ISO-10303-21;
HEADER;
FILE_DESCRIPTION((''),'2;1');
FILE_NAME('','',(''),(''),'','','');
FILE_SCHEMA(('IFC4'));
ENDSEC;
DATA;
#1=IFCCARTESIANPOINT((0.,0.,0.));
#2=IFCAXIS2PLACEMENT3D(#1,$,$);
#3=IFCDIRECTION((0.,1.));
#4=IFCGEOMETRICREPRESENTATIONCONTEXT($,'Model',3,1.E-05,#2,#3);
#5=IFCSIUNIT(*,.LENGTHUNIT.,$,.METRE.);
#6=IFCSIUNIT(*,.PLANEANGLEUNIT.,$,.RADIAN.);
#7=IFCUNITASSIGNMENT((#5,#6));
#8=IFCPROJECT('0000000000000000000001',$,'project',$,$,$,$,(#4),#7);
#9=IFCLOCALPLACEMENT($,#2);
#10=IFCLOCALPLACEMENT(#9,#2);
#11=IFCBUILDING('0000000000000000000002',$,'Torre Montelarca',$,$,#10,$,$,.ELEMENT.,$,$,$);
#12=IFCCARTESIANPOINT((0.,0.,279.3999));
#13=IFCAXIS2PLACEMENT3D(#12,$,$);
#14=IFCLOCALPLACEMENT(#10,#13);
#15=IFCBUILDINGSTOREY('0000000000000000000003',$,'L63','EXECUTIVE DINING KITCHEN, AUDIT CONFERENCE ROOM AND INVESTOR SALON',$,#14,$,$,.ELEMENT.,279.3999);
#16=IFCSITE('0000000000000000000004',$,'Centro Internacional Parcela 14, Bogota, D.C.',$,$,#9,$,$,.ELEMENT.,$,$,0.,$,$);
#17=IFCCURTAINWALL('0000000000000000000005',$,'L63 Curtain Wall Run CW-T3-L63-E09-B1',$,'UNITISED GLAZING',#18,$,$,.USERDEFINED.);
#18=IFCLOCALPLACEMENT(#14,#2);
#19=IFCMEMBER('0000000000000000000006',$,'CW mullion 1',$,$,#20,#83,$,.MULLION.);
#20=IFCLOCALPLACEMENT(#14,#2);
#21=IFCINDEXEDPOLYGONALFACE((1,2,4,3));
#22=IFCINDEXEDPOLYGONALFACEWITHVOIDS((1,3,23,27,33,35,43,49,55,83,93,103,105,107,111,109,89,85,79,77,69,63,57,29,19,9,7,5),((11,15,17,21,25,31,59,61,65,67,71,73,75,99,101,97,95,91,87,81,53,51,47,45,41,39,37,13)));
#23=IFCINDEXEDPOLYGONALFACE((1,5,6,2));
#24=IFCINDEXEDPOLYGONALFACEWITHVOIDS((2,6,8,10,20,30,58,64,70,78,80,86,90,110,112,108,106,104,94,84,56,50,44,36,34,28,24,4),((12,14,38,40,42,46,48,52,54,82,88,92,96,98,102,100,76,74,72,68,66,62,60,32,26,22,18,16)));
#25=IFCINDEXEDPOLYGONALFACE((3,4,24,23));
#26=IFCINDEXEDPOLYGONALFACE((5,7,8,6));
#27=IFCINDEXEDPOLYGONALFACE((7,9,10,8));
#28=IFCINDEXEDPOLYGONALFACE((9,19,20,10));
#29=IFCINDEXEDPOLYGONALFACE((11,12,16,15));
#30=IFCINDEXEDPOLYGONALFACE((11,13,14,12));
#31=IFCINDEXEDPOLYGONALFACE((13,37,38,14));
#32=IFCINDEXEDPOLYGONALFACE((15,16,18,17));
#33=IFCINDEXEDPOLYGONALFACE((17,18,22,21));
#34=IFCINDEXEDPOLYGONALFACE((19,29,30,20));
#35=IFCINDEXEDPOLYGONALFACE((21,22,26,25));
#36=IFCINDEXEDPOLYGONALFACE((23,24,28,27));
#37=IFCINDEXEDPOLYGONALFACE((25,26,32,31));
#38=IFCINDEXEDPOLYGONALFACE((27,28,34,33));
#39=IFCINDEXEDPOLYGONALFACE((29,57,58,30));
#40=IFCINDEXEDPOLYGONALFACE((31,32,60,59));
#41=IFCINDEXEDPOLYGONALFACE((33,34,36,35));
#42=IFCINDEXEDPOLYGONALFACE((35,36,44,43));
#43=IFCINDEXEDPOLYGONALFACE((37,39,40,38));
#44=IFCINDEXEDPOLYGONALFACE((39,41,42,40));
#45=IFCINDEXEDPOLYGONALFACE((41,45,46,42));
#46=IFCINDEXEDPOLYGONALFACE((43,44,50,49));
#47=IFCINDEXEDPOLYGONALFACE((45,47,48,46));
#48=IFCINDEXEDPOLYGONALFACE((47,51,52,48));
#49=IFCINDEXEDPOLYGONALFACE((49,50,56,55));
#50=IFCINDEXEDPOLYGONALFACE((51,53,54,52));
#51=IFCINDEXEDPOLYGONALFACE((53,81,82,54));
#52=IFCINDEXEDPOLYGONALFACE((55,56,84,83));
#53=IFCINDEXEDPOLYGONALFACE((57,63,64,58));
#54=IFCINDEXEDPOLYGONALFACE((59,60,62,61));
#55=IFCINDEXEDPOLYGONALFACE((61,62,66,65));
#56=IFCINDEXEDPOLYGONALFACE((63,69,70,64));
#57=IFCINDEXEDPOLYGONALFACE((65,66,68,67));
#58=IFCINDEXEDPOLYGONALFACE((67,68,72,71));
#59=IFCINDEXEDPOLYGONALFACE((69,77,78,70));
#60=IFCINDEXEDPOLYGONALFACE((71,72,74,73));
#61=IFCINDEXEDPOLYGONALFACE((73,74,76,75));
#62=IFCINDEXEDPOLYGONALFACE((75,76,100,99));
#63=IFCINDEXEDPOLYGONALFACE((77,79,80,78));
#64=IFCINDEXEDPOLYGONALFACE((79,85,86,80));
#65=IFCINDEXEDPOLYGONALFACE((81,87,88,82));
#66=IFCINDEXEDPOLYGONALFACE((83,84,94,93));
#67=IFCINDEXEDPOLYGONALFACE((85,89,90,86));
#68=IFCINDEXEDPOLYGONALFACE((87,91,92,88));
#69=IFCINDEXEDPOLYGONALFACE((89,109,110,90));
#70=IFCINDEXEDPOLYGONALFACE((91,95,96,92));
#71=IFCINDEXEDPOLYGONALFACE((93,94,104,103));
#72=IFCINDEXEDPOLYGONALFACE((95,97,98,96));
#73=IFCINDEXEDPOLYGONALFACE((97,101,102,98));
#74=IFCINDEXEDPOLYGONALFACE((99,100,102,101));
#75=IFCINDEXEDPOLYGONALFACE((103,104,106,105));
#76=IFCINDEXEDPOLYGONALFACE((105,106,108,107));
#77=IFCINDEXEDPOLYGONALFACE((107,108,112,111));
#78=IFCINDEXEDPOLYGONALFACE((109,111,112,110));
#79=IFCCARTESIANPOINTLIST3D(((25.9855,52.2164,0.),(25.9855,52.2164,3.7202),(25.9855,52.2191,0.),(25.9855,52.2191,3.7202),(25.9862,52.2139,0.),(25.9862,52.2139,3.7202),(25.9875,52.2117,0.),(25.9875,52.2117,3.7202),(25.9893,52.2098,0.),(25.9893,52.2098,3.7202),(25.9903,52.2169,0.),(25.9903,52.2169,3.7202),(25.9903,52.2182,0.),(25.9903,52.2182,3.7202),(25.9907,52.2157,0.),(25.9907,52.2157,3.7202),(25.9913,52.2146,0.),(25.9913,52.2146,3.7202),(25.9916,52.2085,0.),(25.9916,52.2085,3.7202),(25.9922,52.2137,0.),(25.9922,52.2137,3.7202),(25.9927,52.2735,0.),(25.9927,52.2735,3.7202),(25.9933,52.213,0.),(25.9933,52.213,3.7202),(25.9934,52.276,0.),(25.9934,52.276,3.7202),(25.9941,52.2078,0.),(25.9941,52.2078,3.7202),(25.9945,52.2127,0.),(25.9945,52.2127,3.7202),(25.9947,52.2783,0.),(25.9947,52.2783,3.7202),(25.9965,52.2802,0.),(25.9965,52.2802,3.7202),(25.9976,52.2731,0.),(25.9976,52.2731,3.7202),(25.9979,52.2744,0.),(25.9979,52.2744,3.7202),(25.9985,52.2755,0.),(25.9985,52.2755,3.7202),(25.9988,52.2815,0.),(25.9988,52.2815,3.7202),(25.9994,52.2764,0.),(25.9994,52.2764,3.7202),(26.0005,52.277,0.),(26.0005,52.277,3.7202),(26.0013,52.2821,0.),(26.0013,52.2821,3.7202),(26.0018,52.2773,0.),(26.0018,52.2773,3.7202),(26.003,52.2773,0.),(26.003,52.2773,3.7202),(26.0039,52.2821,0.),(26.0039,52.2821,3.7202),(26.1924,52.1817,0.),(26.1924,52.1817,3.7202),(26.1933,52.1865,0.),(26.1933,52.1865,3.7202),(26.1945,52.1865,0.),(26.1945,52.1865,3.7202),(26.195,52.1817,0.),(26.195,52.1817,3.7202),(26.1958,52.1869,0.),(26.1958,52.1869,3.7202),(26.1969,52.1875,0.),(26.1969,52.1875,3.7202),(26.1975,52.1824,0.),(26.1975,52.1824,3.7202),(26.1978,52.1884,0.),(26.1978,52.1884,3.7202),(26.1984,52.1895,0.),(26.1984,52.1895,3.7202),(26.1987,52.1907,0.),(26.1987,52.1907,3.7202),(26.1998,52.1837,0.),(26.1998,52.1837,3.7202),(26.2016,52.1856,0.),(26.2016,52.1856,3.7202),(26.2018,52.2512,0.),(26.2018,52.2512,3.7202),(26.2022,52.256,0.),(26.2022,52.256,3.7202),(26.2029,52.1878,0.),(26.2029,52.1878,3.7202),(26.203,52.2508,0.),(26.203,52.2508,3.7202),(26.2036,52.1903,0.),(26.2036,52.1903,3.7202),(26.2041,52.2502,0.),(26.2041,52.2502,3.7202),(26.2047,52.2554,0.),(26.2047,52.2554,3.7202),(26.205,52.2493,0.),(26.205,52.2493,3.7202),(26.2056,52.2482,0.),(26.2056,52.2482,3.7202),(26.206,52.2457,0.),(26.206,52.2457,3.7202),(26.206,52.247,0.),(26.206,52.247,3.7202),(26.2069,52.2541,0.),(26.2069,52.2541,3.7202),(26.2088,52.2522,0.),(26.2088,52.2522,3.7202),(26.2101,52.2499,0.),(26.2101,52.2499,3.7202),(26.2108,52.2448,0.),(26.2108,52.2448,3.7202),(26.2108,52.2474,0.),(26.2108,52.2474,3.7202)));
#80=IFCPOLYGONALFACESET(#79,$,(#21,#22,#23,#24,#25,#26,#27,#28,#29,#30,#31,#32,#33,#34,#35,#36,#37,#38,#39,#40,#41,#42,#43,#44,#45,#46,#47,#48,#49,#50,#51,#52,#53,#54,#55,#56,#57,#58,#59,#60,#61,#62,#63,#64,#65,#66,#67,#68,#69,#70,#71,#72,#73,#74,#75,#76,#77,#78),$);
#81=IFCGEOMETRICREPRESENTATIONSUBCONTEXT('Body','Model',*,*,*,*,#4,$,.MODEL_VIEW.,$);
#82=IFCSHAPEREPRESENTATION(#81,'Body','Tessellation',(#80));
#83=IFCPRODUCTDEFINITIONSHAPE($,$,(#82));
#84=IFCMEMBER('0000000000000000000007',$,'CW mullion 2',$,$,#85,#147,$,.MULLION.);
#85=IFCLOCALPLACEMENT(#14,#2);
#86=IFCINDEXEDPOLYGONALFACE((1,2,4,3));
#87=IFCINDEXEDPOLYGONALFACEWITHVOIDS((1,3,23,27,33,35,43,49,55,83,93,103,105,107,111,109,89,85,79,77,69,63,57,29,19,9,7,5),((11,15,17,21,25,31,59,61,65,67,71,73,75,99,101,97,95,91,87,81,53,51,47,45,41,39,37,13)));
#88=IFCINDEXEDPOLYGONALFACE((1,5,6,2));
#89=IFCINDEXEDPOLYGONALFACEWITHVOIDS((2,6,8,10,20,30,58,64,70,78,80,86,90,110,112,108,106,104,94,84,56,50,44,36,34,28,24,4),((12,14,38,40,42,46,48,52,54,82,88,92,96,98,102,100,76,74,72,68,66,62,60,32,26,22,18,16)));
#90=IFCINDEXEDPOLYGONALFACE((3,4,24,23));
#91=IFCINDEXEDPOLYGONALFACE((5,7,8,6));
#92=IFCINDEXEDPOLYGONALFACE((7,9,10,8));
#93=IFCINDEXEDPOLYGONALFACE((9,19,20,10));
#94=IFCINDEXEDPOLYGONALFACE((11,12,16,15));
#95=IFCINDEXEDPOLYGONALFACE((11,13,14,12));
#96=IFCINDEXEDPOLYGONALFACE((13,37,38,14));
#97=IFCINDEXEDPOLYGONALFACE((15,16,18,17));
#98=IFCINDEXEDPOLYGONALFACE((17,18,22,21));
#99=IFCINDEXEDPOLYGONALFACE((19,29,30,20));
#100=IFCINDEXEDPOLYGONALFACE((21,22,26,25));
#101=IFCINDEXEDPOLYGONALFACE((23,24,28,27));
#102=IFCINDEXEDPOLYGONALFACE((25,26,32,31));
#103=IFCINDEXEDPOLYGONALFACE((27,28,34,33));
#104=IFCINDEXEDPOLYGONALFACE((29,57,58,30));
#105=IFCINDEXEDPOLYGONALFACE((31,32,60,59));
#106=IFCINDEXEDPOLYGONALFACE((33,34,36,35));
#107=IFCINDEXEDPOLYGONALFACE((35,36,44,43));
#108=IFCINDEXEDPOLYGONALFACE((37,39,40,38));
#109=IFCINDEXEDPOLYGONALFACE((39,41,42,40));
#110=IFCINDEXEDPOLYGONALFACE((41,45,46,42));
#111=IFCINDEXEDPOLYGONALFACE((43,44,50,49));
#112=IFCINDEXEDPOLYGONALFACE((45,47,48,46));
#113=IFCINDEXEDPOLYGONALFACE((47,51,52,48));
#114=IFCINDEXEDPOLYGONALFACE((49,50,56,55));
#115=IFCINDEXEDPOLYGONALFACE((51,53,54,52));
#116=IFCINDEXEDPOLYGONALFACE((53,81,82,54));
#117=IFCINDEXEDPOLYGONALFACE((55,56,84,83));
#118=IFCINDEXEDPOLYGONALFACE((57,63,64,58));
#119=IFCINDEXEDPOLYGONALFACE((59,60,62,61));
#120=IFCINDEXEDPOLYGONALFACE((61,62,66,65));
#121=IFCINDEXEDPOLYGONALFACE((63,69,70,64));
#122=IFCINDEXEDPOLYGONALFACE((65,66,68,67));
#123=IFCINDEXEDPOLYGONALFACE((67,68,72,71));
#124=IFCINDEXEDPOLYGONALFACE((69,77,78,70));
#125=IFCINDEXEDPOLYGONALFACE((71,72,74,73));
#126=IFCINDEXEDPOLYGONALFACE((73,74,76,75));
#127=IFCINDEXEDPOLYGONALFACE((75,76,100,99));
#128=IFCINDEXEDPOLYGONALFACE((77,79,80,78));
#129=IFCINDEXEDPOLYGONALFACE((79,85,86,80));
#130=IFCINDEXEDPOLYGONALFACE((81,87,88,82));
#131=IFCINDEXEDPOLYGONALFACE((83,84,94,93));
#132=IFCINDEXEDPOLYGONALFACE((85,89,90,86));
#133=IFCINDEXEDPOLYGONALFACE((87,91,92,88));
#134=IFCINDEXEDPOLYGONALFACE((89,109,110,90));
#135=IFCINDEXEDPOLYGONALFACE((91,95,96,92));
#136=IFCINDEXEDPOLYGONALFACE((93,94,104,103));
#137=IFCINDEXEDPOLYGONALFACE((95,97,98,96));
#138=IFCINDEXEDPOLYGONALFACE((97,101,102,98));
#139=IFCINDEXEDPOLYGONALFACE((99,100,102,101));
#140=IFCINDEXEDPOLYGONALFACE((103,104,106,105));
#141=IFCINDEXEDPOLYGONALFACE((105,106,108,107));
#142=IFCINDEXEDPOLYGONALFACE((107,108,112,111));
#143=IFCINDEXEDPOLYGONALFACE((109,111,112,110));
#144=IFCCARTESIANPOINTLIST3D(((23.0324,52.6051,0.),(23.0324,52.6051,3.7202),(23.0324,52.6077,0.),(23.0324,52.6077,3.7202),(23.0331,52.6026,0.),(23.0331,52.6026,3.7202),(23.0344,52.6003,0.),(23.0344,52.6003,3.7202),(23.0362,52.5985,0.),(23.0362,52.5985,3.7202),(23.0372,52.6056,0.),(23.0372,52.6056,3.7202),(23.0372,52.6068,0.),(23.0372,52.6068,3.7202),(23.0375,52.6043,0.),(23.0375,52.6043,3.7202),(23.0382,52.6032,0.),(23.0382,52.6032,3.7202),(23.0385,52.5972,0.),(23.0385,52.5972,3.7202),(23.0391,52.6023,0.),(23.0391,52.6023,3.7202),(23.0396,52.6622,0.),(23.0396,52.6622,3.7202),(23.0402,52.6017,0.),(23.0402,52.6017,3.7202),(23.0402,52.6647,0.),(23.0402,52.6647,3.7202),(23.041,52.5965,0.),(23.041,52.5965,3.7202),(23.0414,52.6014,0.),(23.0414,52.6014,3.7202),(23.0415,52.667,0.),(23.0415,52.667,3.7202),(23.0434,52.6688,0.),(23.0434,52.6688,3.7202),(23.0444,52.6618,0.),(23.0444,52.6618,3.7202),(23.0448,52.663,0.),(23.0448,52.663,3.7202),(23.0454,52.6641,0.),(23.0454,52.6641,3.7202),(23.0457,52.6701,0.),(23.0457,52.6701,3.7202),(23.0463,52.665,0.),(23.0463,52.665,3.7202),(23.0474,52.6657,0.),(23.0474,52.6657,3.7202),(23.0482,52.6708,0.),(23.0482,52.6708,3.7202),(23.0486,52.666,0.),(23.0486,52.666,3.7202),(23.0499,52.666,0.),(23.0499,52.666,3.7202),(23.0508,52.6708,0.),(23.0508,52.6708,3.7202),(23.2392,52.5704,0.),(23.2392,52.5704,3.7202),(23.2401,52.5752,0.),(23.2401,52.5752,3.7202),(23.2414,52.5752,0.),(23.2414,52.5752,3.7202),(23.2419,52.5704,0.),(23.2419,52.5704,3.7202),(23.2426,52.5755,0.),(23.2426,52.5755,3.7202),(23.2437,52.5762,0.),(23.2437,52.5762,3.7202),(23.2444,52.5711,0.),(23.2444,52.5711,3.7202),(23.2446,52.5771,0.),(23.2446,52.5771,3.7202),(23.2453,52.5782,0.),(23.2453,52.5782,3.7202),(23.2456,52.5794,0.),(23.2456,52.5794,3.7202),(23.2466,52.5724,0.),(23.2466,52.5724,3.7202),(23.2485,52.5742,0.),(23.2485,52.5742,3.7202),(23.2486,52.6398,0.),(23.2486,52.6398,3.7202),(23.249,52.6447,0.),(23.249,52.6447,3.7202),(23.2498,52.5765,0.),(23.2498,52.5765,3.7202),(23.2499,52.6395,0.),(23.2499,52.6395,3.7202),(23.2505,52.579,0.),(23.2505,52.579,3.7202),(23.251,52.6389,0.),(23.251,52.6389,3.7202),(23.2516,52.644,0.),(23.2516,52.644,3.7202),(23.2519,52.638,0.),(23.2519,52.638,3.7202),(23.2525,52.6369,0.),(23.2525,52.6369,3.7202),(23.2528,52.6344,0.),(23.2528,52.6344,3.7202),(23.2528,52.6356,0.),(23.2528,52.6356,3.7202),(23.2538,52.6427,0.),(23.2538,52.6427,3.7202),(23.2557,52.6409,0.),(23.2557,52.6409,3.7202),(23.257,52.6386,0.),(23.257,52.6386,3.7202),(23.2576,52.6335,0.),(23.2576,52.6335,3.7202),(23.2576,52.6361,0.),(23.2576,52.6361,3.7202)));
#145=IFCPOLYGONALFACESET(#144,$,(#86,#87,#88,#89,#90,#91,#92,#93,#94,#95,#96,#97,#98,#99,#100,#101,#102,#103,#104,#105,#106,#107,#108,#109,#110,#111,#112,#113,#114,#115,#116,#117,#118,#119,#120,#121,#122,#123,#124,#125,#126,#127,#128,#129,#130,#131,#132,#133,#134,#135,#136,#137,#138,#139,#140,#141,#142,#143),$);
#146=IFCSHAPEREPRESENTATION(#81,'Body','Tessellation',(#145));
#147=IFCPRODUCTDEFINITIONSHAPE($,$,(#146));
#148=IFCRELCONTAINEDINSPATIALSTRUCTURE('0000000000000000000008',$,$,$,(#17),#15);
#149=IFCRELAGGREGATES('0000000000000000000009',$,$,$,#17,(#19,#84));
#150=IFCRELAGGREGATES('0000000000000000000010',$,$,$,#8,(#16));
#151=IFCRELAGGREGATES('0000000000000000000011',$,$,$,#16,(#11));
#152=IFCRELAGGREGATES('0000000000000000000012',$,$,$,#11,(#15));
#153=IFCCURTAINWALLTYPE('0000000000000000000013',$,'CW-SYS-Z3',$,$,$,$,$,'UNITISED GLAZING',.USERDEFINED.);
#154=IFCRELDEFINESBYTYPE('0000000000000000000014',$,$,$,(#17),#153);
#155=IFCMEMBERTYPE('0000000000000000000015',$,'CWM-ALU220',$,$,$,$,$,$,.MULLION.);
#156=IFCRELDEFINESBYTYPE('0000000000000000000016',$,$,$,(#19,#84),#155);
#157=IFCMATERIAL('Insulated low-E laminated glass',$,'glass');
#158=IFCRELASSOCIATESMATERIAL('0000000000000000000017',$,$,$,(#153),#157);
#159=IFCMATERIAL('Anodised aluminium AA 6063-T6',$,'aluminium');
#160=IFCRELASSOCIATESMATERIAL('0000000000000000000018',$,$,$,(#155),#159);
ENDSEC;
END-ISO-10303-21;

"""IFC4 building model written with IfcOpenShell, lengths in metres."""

from ifc_helpers import new_model, si_unit, direction, frame, origin, origin_2d, place, context, subcontext, project, spatial, hollow_rectangle, extrude, source, transform, mapped, material, material_profile, profile_set, type_object, element, aggregate, save


model = new_model("IFC4")

# Units and contexts
model_context = context("Model", 3, precision=1e-05, world=origin(), true_north=direction((0.0, 1.0)))
body_context = subcontext(model_context, "Body", "Model", "MODEL_VIEW")
ifc_project = project(units=[si_unit("LENGTHUNIT", "METRE"), si_unit("PLANEANGLEUNIT", "RADIAN")], contexts=[model_context])

# Site, building, storey
site_placement = place(None, origin())
site = spatial("IfcSite", under=ifc_project, at=site_placement, Name="Centro Internacional Parcela 14, Bogota, D.C.", CompositionType="ELEMENT", RefElevation=0.0)
building_placement = place(site_placement, origin())
building = spatial("IfcBuilding", under=site, at=building_placement, Name="Torre Montelarca", CompositionType="ELEMENT")
storey_placement = place(building_placement, frame((0.0, 0.0, 279.3999)))
storey = spatial("IfcBuildingStorey", under=building, at=storey_placement, Name="L63", Description="EXECUTIVE DINING KITCHEN, AUDIT CONFERENCE ROOM AND INVESTOR SALON", CompositionType="ELEMENT", Elevation=279.3999)

# Curtain wall
ifc_material_1 = material(Name="Insulated low-E laminated glass", Category="glass")
curtain_wall_type = type_object("IfcCurtainWallType", Name="CW-SYS-Z3", ElementType="UNITISED GLAZING", PredefinedType="USERDEFINED", material=ifc_material_1)
curtain_wall_1_placement = place(storey_placement, origin())
curtain_wall_1 = element("IfcCurtainWall", 1, at=curtain_wall_1_placement, inside=storey, type_object=curtain_wall_type, Name="L63 Curtain Wall Run CW-T3-L63-E09-B1", ObjectType="UNITISED GLAZING", PredefinedType="USERDEFINED")
ifc_material_2 = material(Name="Anodised aluminium AA 6063-T6", Category="aluminium")

# Shared definitions
ifc_material_profile_1 = material_profile(ifc_material_2, hollow_rectangle(XDim=0.075, YDim=0.22, WallThickness=0.0049, InnerFilletRadius=0.0049, OuterFilletRadius=0.01, at=origin_2d()), Name="ALU75X220X5", Category="aluminium")
ifc_profile_set_1 = profile_set([ifc_material_profile_1], Name="Anodised aluminium AA 6063-T6")
member_type_1 = type_object("IfcMemberType", Name="CWM-ALU220", PredefinedType="MULLION", material=ifc_profile_set_1)
shared_shape_1 = source(origin(), body_context, "Body", "SweptSolid", [
    extrude(hollow_rectangle(XDim=0.075, YDim=0.22, WallThickness=0.0049, InnerFilletRadius=0.0049, OuterFilletRadius=0.01, at=origin_2d()), origin(), (0.0, 0.0, 1.0), 3.7202),
])

# Members
member_1_placement = place(storey_placement, frame((26.0981, 52.2319, 0.0), z_axis=(0.0, 0.0, 1.0), x_axis=(-0.130514, -0.991446, 0.0)))
member_1 = element("IfcMember", 2, at=member_1_placement, type_object=member_type_1, Name="CW mullion 1", PredefinedType="MULLION", context=body_context, shape_type="MappedRepresentation", body=[
    mapped(shared_shape_1, transform((0.0, 0.0, 0.0), scale=1.0)),
])
member_2_placement = place(storey_placement, frame((23.145, 52.6206, 0.0), z_axis=(0.0, 0.0, 1.0), x_axis=(-0.130514, -0.991446, 0.0)))
member_2 = element("IfcMember", 3, at=member_2_placement, type_object=member_type_1, Name="CW mullion 2", PredefinedType="MULLION", context=body_context, shape_type="MappedRepresentation", body=[
    mapped(shared_shape_1, transform((0.0, 0.0, 0.0), scale=1.0)),
])

aggregate(curtain_wall_1, [member_1, member_2])

save(model, "model.ifc")
